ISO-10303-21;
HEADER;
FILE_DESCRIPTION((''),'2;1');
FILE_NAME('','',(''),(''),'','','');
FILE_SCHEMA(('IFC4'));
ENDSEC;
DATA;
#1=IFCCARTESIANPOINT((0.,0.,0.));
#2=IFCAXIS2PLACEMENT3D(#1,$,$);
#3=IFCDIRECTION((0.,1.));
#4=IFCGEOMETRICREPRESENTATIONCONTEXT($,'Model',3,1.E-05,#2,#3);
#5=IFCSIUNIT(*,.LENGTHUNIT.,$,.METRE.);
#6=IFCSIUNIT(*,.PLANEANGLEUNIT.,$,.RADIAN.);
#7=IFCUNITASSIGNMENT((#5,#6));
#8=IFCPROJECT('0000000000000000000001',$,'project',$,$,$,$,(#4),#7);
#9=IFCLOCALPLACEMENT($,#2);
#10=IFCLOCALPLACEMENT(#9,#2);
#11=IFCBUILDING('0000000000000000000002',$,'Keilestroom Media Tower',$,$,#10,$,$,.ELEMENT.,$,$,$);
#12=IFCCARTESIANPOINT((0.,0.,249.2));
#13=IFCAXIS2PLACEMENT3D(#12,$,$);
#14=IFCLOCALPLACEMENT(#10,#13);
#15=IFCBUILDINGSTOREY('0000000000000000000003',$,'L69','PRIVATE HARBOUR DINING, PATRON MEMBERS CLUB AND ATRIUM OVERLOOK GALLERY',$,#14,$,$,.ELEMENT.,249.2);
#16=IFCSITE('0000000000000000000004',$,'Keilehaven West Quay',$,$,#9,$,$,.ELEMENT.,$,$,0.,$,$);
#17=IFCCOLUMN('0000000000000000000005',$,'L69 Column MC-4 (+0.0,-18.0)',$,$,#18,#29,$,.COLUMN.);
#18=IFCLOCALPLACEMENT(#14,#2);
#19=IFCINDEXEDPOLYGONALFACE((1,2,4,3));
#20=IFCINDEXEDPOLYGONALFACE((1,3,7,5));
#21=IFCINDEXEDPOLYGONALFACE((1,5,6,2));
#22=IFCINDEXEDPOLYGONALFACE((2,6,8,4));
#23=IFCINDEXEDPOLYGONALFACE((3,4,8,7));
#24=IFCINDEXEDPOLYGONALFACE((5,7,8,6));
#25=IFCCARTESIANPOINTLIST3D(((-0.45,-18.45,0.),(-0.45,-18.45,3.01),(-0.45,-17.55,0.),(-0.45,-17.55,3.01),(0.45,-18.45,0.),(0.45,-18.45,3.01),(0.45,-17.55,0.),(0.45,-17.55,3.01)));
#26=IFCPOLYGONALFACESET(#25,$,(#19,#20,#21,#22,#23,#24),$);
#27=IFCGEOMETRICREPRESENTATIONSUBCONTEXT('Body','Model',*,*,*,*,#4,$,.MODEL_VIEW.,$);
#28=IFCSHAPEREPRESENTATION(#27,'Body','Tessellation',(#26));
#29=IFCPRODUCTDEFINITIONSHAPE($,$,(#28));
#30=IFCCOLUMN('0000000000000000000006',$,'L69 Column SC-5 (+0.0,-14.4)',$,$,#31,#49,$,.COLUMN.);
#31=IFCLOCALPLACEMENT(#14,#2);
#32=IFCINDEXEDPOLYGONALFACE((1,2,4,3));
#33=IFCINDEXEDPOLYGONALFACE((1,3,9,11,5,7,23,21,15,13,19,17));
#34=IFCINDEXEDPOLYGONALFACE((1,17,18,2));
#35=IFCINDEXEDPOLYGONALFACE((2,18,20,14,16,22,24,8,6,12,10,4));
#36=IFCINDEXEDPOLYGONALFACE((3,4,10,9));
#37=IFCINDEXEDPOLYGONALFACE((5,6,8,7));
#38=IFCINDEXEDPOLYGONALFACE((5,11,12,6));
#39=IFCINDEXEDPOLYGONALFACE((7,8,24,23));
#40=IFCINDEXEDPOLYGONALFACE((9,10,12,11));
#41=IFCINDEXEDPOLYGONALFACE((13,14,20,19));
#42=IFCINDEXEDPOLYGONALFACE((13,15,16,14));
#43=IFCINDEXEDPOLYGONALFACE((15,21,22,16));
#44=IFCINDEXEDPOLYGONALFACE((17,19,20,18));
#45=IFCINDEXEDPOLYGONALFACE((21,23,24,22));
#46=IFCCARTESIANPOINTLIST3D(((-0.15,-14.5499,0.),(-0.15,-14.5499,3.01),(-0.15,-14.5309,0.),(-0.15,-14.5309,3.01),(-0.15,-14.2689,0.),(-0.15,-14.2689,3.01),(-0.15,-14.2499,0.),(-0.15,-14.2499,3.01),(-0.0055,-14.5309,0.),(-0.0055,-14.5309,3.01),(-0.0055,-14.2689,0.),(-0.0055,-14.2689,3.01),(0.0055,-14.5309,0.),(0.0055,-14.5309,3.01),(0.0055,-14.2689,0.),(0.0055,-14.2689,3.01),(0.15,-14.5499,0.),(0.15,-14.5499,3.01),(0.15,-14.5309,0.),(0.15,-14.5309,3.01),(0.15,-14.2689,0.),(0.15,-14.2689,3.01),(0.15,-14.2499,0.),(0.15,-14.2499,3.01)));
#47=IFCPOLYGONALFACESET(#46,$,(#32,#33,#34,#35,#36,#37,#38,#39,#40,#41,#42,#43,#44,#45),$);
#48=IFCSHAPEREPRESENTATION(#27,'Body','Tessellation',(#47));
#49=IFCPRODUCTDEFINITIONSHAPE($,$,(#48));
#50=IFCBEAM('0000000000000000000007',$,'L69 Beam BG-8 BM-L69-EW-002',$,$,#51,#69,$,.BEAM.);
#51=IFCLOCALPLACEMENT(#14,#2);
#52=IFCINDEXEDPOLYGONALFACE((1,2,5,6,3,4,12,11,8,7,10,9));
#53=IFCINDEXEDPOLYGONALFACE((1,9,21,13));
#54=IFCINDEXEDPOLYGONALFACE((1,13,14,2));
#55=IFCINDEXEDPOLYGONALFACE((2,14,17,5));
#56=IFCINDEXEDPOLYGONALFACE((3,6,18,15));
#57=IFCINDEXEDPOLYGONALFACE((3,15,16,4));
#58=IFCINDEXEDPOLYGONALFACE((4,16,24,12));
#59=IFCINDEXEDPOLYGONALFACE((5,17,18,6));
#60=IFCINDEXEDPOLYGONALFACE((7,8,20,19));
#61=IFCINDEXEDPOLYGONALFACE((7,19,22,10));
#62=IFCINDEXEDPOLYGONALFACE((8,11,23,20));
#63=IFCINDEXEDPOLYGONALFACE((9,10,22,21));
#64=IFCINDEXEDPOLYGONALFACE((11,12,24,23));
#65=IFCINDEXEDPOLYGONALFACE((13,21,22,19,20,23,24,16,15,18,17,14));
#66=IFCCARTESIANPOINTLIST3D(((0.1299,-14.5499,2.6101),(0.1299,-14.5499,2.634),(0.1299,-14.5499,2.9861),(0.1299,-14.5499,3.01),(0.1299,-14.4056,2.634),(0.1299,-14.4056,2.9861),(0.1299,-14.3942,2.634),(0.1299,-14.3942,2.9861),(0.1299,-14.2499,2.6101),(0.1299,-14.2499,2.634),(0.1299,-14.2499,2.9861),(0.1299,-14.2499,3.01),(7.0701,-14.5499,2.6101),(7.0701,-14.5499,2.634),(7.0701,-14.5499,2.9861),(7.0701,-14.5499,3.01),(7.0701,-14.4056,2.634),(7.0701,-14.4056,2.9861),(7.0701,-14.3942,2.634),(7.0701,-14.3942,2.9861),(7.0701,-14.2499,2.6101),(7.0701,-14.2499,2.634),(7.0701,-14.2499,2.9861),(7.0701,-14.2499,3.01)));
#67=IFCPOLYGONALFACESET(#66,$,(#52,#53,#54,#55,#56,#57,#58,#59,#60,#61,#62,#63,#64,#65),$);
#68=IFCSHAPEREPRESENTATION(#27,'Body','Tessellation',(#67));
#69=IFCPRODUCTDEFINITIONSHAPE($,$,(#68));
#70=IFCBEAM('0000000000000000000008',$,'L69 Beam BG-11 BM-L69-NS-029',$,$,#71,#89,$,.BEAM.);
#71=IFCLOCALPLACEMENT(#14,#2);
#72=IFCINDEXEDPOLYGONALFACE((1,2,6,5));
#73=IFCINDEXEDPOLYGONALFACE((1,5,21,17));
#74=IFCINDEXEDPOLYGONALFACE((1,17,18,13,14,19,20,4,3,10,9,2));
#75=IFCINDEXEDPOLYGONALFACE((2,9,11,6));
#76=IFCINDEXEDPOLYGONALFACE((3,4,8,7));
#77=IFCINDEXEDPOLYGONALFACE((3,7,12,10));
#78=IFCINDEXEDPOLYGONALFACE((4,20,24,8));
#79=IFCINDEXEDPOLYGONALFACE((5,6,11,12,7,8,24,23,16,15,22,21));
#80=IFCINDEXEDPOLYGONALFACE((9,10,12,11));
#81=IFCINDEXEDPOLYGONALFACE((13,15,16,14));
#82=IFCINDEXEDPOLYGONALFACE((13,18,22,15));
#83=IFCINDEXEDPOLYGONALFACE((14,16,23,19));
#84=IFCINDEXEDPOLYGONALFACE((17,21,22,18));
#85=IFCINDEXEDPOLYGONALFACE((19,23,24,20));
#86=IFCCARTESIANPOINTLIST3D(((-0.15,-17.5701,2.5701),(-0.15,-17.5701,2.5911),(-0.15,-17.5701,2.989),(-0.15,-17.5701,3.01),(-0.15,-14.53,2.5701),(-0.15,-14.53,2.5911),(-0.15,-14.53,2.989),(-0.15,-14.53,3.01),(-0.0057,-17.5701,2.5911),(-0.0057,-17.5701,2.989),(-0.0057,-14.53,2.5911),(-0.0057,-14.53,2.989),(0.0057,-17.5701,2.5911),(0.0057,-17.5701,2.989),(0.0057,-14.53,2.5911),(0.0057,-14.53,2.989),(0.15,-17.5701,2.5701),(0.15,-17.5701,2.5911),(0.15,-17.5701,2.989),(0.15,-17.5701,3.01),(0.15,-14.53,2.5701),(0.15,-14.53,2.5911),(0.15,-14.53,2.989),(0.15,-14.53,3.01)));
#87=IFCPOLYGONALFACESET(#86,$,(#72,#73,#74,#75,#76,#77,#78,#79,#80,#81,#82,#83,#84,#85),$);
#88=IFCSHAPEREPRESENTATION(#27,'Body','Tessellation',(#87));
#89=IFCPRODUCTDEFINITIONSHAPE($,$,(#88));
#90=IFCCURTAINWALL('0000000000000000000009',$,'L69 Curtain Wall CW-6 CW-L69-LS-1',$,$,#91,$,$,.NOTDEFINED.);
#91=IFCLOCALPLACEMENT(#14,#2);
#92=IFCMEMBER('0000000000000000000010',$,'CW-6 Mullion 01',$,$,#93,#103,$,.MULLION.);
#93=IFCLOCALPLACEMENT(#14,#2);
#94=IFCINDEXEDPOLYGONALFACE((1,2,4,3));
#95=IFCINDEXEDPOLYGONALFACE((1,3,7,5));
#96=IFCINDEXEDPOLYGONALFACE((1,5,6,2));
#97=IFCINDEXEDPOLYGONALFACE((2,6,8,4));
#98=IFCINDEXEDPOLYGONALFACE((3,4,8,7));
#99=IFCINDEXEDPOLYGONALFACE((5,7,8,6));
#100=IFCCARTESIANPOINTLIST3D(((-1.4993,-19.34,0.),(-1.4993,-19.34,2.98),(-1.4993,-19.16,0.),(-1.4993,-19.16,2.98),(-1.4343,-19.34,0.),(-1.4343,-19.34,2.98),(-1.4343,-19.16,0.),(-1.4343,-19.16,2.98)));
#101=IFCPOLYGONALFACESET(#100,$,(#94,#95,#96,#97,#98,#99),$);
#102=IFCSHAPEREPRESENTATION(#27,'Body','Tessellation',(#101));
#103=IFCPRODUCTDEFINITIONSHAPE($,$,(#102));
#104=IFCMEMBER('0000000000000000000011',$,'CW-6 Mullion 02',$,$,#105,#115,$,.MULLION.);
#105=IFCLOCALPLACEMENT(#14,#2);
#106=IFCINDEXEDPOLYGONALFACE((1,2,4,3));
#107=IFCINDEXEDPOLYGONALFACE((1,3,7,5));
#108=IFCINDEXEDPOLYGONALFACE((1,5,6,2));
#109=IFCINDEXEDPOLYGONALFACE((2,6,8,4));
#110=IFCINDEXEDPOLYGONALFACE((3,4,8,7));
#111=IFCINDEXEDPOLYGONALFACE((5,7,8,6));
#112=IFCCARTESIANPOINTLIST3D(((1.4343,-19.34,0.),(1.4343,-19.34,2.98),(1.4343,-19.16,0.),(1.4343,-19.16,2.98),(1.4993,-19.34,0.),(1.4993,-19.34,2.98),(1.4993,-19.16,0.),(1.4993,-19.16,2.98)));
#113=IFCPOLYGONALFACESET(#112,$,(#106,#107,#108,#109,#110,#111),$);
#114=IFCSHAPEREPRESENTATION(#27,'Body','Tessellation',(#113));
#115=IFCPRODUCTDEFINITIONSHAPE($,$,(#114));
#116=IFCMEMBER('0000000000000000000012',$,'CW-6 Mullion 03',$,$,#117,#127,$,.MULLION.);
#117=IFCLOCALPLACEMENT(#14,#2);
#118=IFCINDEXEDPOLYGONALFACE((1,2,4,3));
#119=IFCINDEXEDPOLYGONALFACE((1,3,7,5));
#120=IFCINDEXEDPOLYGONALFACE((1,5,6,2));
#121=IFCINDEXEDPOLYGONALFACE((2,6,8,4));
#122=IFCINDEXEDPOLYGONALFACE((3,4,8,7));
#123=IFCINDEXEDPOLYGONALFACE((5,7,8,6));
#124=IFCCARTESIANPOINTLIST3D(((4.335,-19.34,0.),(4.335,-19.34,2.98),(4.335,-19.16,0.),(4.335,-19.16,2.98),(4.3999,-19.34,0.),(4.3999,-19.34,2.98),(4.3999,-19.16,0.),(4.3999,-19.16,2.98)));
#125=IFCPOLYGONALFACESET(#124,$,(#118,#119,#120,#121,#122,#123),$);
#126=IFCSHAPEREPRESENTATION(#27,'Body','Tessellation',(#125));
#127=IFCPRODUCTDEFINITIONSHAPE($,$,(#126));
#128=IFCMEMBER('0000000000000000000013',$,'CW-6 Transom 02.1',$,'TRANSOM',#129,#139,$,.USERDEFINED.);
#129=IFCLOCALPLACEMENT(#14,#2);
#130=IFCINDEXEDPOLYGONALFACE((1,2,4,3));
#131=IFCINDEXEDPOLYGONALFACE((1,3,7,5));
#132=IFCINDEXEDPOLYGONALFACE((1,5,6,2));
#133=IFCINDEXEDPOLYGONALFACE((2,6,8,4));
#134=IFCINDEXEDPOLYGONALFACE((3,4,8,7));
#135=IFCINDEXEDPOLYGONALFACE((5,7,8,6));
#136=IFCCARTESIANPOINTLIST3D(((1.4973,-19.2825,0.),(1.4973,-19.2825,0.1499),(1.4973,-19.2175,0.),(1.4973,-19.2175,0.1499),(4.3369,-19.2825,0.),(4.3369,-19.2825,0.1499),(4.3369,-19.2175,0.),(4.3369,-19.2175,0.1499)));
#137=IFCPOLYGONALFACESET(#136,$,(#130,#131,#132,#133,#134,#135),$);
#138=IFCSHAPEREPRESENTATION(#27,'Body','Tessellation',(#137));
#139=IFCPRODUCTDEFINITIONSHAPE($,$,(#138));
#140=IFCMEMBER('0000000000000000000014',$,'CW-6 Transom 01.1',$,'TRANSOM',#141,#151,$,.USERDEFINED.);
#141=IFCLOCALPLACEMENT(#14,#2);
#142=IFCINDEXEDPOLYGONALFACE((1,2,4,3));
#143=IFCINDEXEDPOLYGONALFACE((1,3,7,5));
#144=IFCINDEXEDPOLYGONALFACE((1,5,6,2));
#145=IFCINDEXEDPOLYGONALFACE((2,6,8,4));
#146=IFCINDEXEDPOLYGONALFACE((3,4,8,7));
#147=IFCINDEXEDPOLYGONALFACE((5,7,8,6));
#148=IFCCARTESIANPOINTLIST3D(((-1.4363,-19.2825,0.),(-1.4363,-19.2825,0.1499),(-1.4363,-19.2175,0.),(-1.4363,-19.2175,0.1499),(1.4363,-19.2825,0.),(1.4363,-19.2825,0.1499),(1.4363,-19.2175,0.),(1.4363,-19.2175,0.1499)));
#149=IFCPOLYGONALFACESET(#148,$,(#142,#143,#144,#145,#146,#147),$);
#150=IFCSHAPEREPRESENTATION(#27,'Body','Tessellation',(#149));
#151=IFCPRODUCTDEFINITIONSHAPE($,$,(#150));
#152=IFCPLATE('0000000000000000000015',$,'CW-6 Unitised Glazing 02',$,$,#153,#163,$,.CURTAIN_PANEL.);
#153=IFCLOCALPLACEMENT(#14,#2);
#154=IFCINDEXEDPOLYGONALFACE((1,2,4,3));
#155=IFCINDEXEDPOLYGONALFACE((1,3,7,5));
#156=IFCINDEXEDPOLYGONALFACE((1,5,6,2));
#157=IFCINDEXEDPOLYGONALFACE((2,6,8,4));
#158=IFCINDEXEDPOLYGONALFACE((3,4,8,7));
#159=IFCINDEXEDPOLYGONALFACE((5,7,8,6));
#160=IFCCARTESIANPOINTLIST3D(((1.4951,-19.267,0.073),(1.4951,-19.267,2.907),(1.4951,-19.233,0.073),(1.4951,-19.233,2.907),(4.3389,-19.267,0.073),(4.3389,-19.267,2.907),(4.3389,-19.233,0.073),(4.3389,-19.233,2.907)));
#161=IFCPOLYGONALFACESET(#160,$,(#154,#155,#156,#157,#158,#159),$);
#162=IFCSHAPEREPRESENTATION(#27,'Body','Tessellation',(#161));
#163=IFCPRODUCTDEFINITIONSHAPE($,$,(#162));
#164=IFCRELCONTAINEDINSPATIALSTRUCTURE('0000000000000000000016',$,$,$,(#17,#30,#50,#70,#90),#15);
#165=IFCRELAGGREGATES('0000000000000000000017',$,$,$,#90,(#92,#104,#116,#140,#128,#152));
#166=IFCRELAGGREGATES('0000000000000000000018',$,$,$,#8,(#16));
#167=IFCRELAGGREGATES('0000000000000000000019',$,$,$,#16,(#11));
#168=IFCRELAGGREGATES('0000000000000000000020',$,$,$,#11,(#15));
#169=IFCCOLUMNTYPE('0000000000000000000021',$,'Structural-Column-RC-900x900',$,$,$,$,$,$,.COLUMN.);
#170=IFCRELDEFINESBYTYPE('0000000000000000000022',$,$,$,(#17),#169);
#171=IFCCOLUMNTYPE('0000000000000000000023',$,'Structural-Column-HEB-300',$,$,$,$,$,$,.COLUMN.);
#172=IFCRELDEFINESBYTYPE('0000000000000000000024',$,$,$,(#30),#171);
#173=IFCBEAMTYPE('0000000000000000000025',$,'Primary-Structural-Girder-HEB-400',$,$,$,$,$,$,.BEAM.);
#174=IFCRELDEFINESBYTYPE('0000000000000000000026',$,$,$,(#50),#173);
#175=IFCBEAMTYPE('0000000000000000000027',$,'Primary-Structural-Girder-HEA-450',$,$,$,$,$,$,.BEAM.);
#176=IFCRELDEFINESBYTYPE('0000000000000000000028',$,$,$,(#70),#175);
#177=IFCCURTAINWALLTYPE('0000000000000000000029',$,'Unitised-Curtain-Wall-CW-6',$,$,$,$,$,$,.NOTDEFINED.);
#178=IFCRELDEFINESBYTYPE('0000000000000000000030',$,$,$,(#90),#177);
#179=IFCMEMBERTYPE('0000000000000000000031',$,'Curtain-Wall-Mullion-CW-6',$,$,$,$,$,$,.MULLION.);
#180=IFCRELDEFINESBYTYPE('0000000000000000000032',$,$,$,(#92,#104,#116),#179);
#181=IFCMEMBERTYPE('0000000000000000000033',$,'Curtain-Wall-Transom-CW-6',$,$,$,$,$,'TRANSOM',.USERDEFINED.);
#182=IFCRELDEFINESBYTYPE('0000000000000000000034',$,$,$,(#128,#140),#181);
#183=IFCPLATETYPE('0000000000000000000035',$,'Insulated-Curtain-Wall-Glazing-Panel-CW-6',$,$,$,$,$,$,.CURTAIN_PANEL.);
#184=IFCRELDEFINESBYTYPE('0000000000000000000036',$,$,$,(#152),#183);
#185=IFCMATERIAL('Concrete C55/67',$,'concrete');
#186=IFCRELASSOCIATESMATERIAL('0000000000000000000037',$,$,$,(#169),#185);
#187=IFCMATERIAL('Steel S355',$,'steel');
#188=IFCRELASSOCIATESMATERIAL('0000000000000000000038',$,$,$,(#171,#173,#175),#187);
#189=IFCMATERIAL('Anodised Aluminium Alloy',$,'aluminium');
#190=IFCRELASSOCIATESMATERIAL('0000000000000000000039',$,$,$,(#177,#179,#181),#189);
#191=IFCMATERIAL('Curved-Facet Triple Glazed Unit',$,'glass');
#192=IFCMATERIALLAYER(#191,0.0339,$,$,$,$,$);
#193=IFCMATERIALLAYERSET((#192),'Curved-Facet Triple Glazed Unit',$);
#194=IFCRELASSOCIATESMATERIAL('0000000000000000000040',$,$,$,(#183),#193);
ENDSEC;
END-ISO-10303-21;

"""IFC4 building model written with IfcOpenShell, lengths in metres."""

from ifc_helpers import new_model, si_unit, direction, frame, origin, origin_2d, place, context, subcontext, project, spatial, rectangle, i_section, extrude, source, transform, mapped, material, layer, layer_set, material_profile, profile_set, type_object, element, aggregate, save


model = new_model("IFC4")

# Units and contexts
model_context = context("Model", 3, precision=1e-05, world=origin(), true_north=direction((0.0, 1.0)))
body_context = subcontext(model_context, "Body", "Model", "MODEL_VIEW")
ifc_project = project(units=[si_unit("LENGTHUNIT", "METRE"), si_unit("PLANEANGLEUNIT", "RADIAN")], contexts=[model_context])

# Site, building, storey
site_placement = place(None, origin())
site = spatial("IfcSite", under=ifc_project, at=site_placement, Name="Keilehaven West Quay", CompositionType="ELEMENT", RefElevation=0.0)
building_placement = place(site_placement, origin())
building = spatial("IfcBuilding", under=site, at=building_placement, Name="Keilestroom Media Tower", CompositionType="ELEMENT")
storey_placement = place(building_placement, frame((0.0, 0.0, 249.2)))
storey = spatial("IfcBuildingStorey", under=building, at=storey_placement, Name="L69", Description="PRIVATE HARBOUR DINING, PATRON MEMBERS CLUB AND ATRIUM OVERLOOK GALLERY", CompositionType="ELEMENT", Elevation=249.2)

# Columns
ifc_material_1 = material(Name="Concrete C55/67", Category="concrete")
ifc_material_profile_1 = material_profile(ifc_material_1, rectangle(XDim=0.8999, YDim=0.8999, at=origin_2d()), Name="RC 900x900")
ifc_profile_set_1 = profile_set([ifc_material_profile_1], Name="Concrete C55/67")
column_type_1 = type_object("IfcColumnType", Name="Structural-Column-RC-900x900", PredefinedType="COLUMN", material=ifc_profile_set_1)
shared_shape_1 = source(origin(), body_context, "Body", "SweptSolid", [
    extrude(rectangle(XDim=0.8999, YDim=0.8999, at=origin_2d()), origin(), (0.0, 0.0, 1.0), 3.01),
])
column_1_placement = place(storey_placement, frame((0.0, -18.0, 0.0), z_axis=(0.0, 0.0, 1.0), x_axis=(1.0, 0.0, 0.0)))
element("IfcColumn", 1, at=column_1_placement, inside=storey, type_object=column_type_1, Name="L69 Column MC-4 (+0.0,-18.0)", PredefinedType="COLUMN", context=body_context, shape_type="MappedRepresentation", body=[
    mapped(shared_shape_1, transform((0.0, 0.0, 0.0), x_axis=(1.0, 0.0, 0.0), y_axis=(0.0, 1.0, 0.0), z_axis=(0.0, 0.0, 1.0), scale=1.0)),
])
ifc_material_2 = material(Name="Steel S355", Category="steel")
ifc_material_profile_2 = material_profile(ifc_material_2, i_section(OverallWidth=0.3, OverallDepth=0.3, WebThickness=0.011, FlangeThickness=0.019, at=origin_2d()), Name="HEB 300")
ifc_profile_set_2 = profile_set([ifc_material_profile_2], Name="Steel S355")
column_type_2 = type_object("IfcColumnType", Name="Structural-Column-HEB-300", PredefinedType="COLUMN", material=ifc_profile_set_2)
shared_shape_2 = source(origin(), body_context, "Body", "SweptSolid", [
    extrude(i_section(OverallWidth=0.3, OverallDepth=0.3, WebThickness=0.011, FlangeThickness=0.019, at=origin_2d()), origin(), (0.0, 0.0, 1.0), 3.01),
])
column_2_placement = place(storey_placement, frame((0.0, -14.3999, 0.0), z_axis=(0.0, 0.0, 1.0), x_axis=(1.0, 0.0, 0.0)))
element("IfcColumn", 2, at=column_2_placement, inside=storey, type_object=column_type_2, Name="L69 Column SC-5 (+0.0,-14.4)", PredefinedType="COLUMN", context=body_context, shape_type="MappedRepresentation", body=[
    mapped(shared_shape_2, transform((0.0, 0.0, 0.0), x_axis=(1.0, 0.0, 0.0), y_axis=(0.0, 1.0, 0.0), z_axis=(0.0, 0.0, 1.0), scale=1.0)),
])

# Beams
ifc_material_profile_3 = material_profile(ifc_material_2, i_section(OverallWidth=0.3, OverallDepth=0.3999, WebThickness=0.0115, FlangeThickness=0.0239, at=origin_2d()), Name="HEB 400")
ifc_profile_set_3 = profile_set([ifc_material_profile_3], Name="Steel S355")
beam_type_1 = type_object("IfcBeamType", Name="Primary-Structural-Girder-HEB-400", PredefinedType="BEAM", material=ifc_profile_set_3)
shared_shape_3 = source(origin(), body_context, "Body", "SweptSolid", [
    extrude(i_section(OverallWidth=0.3, OverallDepth=0.3999, WebThickness=0.0115, FlangeThickness=0.0239, at=origin_2d()), origin(), (0.0, 0.0, 1.0), 6.9402),
])
beam_1_placement = place(storey_placement, frame((0.1299, -14.3999, 2.8101), z_axis=(1.0, 0.0, 0.0), x_axis=(0.0, 1.0, 0.0)))
element("IfcBeam", 3, at=beam_1_placement, inside=storey, type_object=beam_type_1, Name="L69 Beam BG-8 BM-L69-EW-002", PredefinedType="BEAM", context=body_context, shape_type="MappedRepresentation", body=[
    mapped(shared_shape_3, transform((0.0, 0.0, 0.0), x_axis=(1.0, 0.0, 0.0), y_axis=(0.0, 1.0, 0.0), z_axis=(0.0, 0.0, 1.0), scale=1.0)),
])
ifc_material_profile_4 = material_profile(ifc_material_2, i_section(OverallWidth=0.3, OverallDepth=0.4399, WebThickness=0.0115, FlangeThickness=0.021, at=origin_2d()), Name="HEA 450")
ifc_profile_set_4 = profile_set([ifc_material_profile_4], Name="Steel S355")
beam_type_2 = type_object("IfcBeamType", Name="Primary-Structural-Girder-HEA-450", PredefinedType="BEAM", material=ifc_profile_set_4)
shared_shape_4 = source(origin(), body_context, "Body", "SweptSolid", [
    extrude(i_section(OverallWidth=0.3, OverallDepth=0.4399, WebThickness=0.0115, FlangeThickness=0.021, at=origin_2d()), origin(), (0.0, 0.0, 1.0), 3.04),
])
beam_2_placement = place(storey_placement, frame((0.0, -17.5701, 2.79), z_axis=(0.0, 1.0, 0.0), x_axis=(-1.0, 0.0, 0.0)))
element("IfcBeam", 4, at=beam_2_placement, inside=storey, type_object=beam_type_2, Name="L69 Beam BG-11 BM-L69-NS-029", PredefinedType="BEAM", context=body_context, shape_type="MappedRepresentation", body=[
    mapped(shared_shape_4, transform((0.0, 0.0, 0.0), x_axis=(1.0, 0.0, 0.0), y_axis=(0.0, 1.0, 0.0), z_axis=(0.0, 0.0, 1.0), scale=1.0)),
])

# Curtain wall, members, plate
ifc_material_3 = material(Name="Anodised Aluminium Alloy", Category="aluminium")
curtain_wall_type = type_object("IfcCurtainWallType", Name="Unitised-Curtain-Wall-CW-6", PredefinedType="NOTDEFINED", material=ifc_material_3)
curtain_wall_placement = place(storey_placement, origin())
curtain_wall = element("IfcCurtainWall", 5, at=curtain_wall_placement, inside=storey, type_object=curtain_wall_type, Name="L69 Curtain Wall CW-6 CW-L69-LS-1", PredefinedType="NOTDEFINED")
ifc_material_profile_5 = material_profile(ifc_material_3, rectangle(XDim=0.0649, YDim=0.1799, at=origin_2d()), Name="ALU MULLION 65x180")
ifc_profile_set_5 = profile_set([ifc_material_profile_5], Name="Anodised Aluminium Alloy")
member_type_1 = type_object("IfcMemberType", Name="Curtain-Wall-Mullion-CW-6", PredefinedType="MULLION", material=ifc_profile_set_5)
shared_shape_5 = source(origin(), body_context, "Body", "SweptSolid", [
    extrude(rectangle(XDim=0.0649, YDim=0.1799, at=origin_2d()), origin(), (0.0, 0.0, 1.0), 2.98),
])
member_1_placement = place(storey_placement, frame((-1.4668, -19.25, 0.0), z_axis=(0.0, 0.0, 1.0), x_axis=(1.0, 0.0, 0.0)))
member_1 = element("IfcMember", 6, at=member_1_placement, type_object=member_type_1, Name="CW-6 Mullion 01", PredefinedType="MULLION", context=body_context, shape_type="MappedRepresentation", body=[
    mapped(shared_shape_5, transform((0.0, 0.0, 0.0), x_axis=(1.0, 0.0, 0.0), y_axis=(0.0, 1.0, 0.0), z_axis=(0.0, 0.0, 1.0), scale=1.0)),
])
member_2_placement = place(storey_placement, frame((1.4668, -19.25, 0.0), z_axis=(0.0, 0.0, 1.0), x_axis=(1.0, 0.0, 0.0)))
member_2 = element("IfcMember", 7, at=member_2_placement, type_object=member_type_1, Name="CW-6 Mullion 02", PredefinedType="MULLION", context=body_context, shape_type="MappedRepresentation", body=[
    mapped(shared_shape_5, transform((0.0, 0.0, 0.0), x_axis=(1.0, 0.0, 0.0), y_axis=(0.0, 1.0, 0.0), z_axis=(0.0, 0.0, 1.0), scale=1.0)),
])
member_3_placement = place(storey_placement, frame((4.3674, -19.25, 0.0), z_axis=(0.0, 0.0, 1.0), x_axis=(1.0, 0.0, 0.0)))
member_3 = element("IfcMember", 8, at=member_3_placement, type_object=member_type_1, Name="CW-6 Mullion 03", PredefinedType="MULLION", context=body_context, shape_type="MappedRepresentation", body=[
    mapped(shared_shape_5, transform((0.0, 0.0, 0.0), x_axis=(1.0, 0.0, 0.0), y_axis=(0.0, 1.0, 0.0), z_axis=(0.0, 0.0, 1.0), scale=1.0)),
])
ifc_material_profile_6 = material_profile(ifc_material_3, rectangle(XDim=0.0649, YDim=0.1499, at=origin_2d()), Name="ALU TRANSOM 65x150")
ifc_profile_set_6 = profile_set([ifc_material_profile_6], Name="Anodised Aluminium Alloy")
member_type_2 = type_object("IfcMemberType", Name="Curtain-Wall-Transom-CW-6", ElementType="TRANSOM", PredefinedType="USERDEFINED", material=ifc_profile_set_6)
shared_shape_6 = source(origin(), body_context, "Body", "SweptSolid", [
    extrude(rectangle(XDim=0.0649, YDim=0.1499, at=origin_2d()), origin(), (0.0, 0.0, 1.0), 2.8396),
])
member_4_placement = place(storey_placement, frame((1.4973, -19.25, 0.075), z_axis=(1.0, 0.0, 0.0), x_axis=(0.0, 1.0, 0.0)))
member_4 = element("IfcMember", 9, at=member_4_placement, type_object=member_type_2, Name="CW-6 Transom 02.1", ObjectType="TRANSOM", PredefinedType="USERDEFINED", context=body_context, shape_type="MappedRepresentation", body=[
    mapped(shared_shape_6, transform((0.0, 0.0, 0.0), x_axis=(1.0, 0.0, 0.0), y_axis=(0.0, 1.0, 0.0), z_axis=(0.0, 0.0, 1.0), scale=1.0)),
])
shared_shape_7 = source(origin(), body_context, "Body", "SweptSolid", [
    extrude(rectangle(XDim=0.0649, YDim=0.1499, at=origin_2d()), origin(), (0.0, 0.0, 1.0), 2.8726),
])
member_5_placement = place(storey_placement, frame((-1.4363, -19.25, 0.075), z_axis=(1.0, 0.0, 0.0), x_axis=(0.0, 1.0, 0.0)))
member_5 = element("IfcMember", 10, at=member_5_placement, type_object=member_type_2, Name="CW-6 Transom 01.1", ObjectType="TRANSOM", PredefinedType="USERDEFINED", context=body_context, shape_type="MappedRepresentation", body=[
    mapped(shared_shape_7, transform((0.0, 0.0, 0.0), x_axis=(1.0, 0.0, 0.0), y_axis=(0.0, 1.0, 0.0), z_axis=(0.0, 0.0, 1.0), scale=1.0)),
])
ifc_material_4 = material(Name="Curved-Facet Triple Glazed Unit", Category="glass")
ifc_layer_1 = layer(ifc_material_4, 0.0339)
ifc_layer_set_1 = layer_set([ifc_layer_1], Name="Curved-Facet Triple Glazed Unit")
plate_type = type_object("IfcPlateType", Name="Insulated-Curtain-Wall-Glazing-Panel-CW-6", PredefinedType="CURTAIN_PANEL", material=ifc_layer_set_1)
shared_shape_8 = source(origin(), body_context, "Body", "SweptSolid", [
    extrude(rectangle(XDim=2.8438, YDim=0.0339, at=origin_2d()), origin(), (0.0, 0.0, 1.0), 2.834),
])
plate_1_placement = place(storey_placement, frame((2.917, -19.25, 0.073), z_axis=(0.0, 0.0, 1.0), x_axis=(1.0, 0.0, 0.0)))
plate_1 = element("IfcPlate", 11, at=plate_1_placement, type_object=plate_type, Name="CW-6 Unitised Glazing 02", PredefinedType="CURTAIN_PANEL", context=body_context, shape_type="MappedRepresentation", body=[
    mapped(shared_shape_8, transform((0.0, 0.0, 0.0), x_axis=(1.0, 0.0, 0.0), y_axis=(0.0, 1.0, 0.0), z_axis=(0.0, 0.0, 1.0), scale=1.0)),
])
aggregate(curtain_wall, [member_1, member_2, member_3, member_5, member_4, plate_1])

save(model, "model.ifc")
